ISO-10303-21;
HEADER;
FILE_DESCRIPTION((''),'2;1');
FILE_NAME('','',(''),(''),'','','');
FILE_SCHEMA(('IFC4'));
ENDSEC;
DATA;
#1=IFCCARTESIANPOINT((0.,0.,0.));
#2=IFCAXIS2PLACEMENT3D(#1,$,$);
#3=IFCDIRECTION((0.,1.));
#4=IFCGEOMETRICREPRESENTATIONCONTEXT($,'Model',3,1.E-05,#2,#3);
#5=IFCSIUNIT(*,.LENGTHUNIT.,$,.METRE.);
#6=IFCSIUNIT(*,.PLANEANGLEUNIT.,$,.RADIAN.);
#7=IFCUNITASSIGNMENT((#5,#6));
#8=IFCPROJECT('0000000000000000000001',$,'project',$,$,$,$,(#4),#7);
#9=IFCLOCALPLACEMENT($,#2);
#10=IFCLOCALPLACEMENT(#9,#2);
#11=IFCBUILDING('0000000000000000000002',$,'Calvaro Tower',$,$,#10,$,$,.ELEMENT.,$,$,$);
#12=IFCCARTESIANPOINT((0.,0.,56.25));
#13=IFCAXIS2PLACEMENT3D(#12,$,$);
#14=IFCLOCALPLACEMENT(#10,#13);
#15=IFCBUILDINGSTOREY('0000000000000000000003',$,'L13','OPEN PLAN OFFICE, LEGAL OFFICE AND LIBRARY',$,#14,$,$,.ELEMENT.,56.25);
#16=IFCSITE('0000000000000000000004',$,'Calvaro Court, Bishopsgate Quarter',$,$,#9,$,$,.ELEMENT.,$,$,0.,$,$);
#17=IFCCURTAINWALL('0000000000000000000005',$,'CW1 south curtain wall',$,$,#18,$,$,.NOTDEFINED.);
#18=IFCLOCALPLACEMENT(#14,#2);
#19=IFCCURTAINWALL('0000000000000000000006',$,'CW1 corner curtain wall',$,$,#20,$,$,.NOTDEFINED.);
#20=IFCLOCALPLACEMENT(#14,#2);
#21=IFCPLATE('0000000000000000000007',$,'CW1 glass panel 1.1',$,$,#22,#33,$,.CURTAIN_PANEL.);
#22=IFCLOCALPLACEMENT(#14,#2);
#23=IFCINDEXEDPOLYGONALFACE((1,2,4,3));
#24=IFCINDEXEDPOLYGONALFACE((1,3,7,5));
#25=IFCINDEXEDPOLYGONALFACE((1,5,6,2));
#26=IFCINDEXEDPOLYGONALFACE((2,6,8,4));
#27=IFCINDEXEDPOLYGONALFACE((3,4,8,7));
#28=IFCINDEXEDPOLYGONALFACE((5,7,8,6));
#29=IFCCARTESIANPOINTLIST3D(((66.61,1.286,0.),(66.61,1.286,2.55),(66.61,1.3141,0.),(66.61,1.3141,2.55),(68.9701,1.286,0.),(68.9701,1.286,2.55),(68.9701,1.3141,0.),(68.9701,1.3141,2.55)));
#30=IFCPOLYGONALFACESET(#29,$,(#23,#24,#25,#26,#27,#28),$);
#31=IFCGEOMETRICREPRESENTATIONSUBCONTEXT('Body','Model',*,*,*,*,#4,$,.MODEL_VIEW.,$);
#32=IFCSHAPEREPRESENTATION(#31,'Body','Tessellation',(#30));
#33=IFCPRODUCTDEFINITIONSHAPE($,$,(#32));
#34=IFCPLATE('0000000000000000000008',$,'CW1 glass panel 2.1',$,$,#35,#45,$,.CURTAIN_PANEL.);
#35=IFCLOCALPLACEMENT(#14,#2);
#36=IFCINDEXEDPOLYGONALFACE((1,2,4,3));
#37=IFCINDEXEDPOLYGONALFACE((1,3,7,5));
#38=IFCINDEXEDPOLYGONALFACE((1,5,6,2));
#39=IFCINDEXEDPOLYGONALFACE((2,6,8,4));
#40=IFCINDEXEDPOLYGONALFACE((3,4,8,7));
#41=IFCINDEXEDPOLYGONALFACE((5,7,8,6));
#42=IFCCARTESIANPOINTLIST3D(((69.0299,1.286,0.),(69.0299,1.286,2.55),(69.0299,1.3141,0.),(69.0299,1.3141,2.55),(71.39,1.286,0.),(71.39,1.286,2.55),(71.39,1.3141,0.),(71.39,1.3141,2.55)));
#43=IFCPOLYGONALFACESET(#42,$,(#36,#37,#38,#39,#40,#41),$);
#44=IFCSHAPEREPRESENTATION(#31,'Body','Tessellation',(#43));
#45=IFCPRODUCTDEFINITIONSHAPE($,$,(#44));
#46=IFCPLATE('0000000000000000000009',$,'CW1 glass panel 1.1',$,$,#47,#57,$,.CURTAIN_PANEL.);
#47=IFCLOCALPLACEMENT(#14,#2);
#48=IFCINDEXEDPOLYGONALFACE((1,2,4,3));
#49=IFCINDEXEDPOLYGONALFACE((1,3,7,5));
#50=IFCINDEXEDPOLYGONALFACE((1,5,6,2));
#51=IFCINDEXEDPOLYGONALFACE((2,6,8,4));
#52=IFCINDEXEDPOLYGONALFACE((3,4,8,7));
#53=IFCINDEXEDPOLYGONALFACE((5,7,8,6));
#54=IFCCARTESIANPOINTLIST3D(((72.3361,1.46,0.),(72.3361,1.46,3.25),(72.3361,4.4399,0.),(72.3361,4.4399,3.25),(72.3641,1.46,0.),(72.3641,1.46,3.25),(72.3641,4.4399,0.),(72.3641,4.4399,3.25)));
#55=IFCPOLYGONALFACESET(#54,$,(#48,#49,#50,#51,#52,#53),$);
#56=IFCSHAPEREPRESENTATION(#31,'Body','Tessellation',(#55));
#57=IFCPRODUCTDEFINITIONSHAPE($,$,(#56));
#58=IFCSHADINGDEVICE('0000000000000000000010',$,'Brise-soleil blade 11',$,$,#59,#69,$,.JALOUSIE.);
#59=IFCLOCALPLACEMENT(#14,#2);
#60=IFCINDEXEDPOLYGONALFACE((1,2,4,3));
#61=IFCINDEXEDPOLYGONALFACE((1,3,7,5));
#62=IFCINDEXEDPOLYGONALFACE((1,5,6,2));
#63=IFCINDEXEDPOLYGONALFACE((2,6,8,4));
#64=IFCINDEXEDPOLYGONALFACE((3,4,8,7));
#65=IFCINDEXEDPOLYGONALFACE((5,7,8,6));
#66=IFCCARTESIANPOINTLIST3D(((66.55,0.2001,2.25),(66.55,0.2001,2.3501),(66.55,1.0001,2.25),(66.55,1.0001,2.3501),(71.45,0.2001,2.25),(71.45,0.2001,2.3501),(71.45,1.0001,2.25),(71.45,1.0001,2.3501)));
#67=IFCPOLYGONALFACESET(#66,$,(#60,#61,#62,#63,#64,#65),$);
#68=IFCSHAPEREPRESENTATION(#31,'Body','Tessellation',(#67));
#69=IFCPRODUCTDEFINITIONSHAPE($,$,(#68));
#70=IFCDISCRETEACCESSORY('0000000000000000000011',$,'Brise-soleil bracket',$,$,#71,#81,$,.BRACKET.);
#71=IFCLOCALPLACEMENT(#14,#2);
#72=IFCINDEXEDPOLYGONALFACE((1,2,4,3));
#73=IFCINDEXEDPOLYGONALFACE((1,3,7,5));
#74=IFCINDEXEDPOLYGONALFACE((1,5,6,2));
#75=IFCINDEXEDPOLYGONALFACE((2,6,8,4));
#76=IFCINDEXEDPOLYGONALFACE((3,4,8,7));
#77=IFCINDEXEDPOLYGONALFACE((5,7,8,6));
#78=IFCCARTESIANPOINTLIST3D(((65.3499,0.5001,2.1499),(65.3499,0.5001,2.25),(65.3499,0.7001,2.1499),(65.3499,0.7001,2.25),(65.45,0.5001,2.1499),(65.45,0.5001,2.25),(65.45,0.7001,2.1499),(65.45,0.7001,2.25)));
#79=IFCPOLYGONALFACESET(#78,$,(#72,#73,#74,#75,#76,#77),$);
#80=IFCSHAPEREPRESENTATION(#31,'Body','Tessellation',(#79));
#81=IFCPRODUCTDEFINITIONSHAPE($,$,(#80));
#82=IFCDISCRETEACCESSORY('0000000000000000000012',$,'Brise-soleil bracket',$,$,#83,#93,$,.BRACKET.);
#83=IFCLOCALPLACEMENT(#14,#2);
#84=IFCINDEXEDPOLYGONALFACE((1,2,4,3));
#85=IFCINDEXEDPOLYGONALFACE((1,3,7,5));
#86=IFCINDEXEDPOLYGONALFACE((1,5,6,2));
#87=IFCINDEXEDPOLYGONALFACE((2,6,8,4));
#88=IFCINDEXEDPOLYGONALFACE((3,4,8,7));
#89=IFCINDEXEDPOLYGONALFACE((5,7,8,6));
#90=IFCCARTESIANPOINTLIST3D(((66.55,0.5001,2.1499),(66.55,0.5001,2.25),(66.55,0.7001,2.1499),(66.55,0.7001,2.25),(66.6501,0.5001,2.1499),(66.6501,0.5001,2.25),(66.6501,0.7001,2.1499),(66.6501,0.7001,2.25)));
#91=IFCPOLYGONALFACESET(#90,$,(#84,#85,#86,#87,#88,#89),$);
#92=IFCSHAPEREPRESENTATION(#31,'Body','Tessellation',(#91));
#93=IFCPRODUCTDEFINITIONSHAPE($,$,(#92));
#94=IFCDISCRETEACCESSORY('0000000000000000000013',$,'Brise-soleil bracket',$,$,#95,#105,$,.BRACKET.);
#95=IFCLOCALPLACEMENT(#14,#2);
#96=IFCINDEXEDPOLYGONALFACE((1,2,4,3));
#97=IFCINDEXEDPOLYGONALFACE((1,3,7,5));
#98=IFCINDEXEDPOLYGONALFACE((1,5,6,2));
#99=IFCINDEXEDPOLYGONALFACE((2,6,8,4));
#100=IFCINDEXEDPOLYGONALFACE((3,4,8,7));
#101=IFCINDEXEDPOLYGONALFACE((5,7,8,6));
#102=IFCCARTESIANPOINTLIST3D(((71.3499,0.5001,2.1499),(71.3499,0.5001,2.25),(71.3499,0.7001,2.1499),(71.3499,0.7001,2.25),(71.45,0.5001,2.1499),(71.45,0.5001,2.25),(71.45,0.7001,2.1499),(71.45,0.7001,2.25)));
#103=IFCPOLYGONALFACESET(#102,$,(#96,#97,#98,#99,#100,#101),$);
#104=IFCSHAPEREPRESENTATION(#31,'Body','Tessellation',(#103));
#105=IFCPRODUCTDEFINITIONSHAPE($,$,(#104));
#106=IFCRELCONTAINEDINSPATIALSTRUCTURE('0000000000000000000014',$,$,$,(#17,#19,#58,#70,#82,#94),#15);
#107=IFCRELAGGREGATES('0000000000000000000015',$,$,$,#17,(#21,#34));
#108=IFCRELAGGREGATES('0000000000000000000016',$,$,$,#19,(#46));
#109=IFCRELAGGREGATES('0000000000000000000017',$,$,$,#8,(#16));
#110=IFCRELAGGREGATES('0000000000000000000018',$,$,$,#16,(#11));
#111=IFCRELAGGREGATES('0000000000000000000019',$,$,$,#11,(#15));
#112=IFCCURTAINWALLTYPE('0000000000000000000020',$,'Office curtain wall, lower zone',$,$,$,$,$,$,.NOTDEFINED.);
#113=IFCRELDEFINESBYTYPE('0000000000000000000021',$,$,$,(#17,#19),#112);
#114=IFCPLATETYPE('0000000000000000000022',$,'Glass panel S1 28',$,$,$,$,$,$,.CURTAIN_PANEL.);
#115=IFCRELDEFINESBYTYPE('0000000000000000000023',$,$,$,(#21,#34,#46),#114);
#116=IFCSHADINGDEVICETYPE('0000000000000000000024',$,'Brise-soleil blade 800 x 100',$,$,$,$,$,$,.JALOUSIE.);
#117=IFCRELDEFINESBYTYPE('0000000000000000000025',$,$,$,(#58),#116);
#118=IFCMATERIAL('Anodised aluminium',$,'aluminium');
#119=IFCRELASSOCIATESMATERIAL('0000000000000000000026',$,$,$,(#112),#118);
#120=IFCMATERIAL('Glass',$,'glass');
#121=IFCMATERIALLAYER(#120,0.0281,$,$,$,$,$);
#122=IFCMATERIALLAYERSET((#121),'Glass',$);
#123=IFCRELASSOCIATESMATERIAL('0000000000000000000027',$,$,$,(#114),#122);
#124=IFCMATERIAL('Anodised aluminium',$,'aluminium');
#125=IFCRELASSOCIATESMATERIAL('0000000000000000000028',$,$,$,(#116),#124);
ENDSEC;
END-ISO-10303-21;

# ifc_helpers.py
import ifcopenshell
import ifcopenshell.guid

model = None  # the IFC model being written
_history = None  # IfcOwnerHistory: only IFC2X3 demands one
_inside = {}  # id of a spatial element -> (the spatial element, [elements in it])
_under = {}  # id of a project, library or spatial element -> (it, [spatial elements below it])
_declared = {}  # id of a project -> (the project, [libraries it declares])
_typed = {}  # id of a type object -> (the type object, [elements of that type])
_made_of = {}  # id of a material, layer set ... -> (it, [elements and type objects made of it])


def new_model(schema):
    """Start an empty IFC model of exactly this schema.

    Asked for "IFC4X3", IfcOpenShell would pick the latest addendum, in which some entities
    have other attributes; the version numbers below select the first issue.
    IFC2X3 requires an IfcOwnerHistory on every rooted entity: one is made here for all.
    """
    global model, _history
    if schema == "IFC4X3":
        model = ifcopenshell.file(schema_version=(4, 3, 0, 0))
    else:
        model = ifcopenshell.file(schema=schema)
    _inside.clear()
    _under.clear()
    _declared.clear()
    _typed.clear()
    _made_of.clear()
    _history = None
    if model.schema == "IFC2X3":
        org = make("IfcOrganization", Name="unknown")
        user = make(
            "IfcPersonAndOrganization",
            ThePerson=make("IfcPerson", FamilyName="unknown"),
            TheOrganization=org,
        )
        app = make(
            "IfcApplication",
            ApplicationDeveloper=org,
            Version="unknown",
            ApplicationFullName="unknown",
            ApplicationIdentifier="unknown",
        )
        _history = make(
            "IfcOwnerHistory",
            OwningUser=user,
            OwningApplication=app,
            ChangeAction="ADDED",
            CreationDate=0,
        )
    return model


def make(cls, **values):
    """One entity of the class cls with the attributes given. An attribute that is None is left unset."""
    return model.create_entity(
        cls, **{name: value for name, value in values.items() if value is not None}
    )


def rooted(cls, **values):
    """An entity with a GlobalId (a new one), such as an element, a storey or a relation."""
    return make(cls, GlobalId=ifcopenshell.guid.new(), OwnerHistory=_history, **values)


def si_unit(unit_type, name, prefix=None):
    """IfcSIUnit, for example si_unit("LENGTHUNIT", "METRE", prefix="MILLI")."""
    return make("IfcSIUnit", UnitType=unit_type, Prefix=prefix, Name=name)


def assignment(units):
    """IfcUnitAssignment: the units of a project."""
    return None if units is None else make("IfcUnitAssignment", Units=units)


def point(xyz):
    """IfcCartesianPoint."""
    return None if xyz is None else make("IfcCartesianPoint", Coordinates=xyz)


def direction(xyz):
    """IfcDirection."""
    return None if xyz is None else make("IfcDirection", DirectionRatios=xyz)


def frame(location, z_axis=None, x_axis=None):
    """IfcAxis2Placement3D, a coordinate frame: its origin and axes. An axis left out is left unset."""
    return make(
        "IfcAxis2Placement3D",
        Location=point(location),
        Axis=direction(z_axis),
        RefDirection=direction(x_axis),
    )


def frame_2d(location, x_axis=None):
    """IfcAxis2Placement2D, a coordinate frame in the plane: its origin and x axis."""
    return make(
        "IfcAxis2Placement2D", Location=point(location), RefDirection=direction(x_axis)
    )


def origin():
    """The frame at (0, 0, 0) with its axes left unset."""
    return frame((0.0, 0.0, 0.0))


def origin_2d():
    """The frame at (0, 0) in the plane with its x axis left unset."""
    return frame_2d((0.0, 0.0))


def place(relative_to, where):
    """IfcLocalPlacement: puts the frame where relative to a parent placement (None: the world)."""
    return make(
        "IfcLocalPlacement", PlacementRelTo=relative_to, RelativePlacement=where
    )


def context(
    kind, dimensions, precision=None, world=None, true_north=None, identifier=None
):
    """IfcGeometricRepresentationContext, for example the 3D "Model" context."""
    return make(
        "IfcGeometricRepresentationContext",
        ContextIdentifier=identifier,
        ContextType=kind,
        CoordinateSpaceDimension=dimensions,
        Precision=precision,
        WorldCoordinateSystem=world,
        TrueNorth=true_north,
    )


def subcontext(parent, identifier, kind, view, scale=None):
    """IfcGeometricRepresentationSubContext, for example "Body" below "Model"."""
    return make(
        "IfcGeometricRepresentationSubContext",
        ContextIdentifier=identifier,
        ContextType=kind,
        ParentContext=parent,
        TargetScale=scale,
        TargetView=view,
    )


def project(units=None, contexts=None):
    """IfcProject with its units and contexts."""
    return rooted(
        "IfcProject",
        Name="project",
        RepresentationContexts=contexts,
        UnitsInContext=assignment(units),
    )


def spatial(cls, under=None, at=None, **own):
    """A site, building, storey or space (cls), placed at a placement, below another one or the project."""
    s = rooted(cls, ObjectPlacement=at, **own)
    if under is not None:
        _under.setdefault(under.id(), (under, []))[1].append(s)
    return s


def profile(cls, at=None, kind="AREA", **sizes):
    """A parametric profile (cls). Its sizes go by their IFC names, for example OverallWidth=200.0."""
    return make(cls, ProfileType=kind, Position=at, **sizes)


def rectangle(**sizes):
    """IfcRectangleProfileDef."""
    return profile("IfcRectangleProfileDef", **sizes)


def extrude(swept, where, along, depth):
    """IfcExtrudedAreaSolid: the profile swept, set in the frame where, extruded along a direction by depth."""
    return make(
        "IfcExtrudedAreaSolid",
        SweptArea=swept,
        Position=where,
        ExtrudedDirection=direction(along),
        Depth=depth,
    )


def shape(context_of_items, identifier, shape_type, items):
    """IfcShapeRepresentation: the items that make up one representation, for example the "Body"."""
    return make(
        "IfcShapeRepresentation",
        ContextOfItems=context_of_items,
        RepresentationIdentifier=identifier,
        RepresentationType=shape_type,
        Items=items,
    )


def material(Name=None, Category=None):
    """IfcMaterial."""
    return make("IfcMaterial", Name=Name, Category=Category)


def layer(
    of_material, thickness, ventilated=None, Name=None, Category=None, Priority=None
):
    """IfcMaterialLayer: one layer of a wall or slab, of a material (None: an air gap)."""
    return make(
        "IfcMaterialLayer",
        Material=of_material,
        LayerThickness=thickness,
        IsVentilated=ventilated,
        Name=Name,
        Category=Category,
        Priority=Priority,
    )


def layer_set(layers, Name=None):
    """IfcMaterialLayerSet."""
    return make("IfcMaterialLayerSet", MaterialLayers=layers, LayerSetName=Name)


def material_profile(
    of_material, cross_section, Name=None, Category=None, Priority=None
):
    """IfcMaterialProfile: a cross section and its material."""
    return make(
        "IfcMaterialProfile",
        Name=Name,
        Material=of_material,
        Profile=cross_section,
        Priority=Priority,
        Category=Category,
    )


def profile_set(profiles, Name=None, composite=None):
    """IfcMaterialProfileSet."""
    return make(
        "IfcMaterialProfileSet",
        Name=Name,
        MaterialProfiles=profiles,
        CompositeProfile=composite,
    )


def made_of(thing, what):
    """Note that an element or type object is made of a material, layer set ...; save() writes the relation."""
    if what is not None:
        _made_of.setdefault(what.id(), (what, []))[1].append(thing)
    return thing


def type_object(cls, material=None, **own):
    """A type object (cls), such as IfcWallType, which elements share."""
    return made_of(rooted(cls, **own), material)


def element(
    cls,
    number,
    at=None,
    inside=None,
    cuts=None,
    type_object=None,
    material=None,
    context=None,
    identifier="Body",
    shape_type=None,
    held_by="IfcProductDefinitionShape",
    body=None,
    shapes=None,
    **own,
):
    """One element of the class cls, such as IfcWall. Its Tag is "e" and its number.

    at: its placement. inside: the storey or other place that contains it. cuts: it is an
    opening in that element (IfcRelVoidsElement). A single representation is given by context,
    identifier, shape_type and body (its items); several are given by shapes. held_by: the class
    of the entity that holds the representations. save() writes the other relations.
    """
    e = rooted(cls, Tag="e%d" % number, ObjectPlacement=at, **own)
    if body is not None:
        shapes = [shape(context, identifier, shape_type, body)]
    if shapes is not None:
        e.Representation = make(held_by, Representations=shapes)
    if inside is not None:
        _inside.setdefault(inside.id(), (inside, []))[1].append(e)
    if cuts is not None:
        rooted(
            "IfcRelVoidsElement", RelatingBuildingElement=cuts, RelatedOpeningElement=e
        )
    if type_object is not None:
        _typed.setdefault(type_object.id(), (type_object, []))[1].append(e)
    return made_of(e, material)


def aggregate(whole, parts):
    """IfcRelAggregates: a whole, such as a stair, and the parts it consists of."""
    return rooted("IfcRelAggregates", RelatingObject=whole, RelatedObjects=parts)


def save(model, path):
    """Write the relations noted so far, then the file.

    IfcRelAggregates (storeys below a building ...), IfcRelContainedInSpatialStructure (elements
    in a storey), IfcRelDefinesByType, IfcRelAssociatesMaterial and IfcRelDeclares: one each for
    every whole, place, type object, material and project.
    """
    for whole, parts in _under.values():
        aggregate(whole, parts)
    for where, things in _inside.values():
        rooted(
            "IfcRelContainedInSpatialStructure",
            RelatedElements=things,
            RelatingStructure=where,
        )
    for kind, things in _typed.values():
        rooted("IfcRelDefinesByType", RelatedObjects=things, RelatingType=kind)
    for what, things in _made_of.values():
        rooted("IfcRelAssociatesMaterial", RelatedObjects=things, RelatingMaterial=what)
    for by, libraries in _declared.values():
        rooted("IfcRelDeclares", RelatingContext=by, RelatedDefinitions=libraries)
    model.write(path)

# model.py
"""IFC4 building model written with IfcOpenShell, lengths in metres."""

from ifc_helpers import new_model, si_unit, direction, frame, origin, origin_2d, place, context, subcontext, project, spatial, rectangle, extrude, material, layer, layer_set, material_profile, profile_set, type_object, element, aggregate, save


model = new_model("IFC4")

# Units and contexts
model_context = context("Model", 3, precision=1e-05, world=origin(), true_north=direction((0.0, 1.0)))
body_context = subcontext(model_context, "Body", "Model", "MODEL_VIEW")
ifc_project = project(units=[si_unit("LENGTHUNIT", "METRE"), si_unit("PLANEANGLEUNIT", "RADIAN")], contexts=[model_context])

# Site, building, storey
site_placement = place(None, origin())
site = spatial("IfcSite", under=ifc_project, at=site_placement, Name="Calvaro Court, Bishopsgate Quarter", CompositionType="ELEMENT", RefElevation=0.0)
building_placement = place(site_placement, origin())
building = spatial("IfcBuilding", under=site, at=building_placement, Name="Calvaro Tower", CompositionType="ELEMENT")
storey_placement = place(building_placement, frame((0.0, 0.0, 56.25)))
storey = spatial("IfcBuildingStorey", under=building, at=storey_placement, Name="L13", Description="OPEN PLAN OFFICE, LEGAL OFFICE AND LIBRARY", CompositionType="ELEMENT", Elevation=56.25)

# Shared definitions
ifc_material_1 = material(Name="Anodised aluminium", Category="aluminium")
curtain_wall_type = type_object("IfcCurtainWallType", Name="Office curtain wall, lower zone", PredefinedType="NOTDEFINED", material=ifc_material_1)

# Curtain walls
curtain_wall_1_placement = place(storey_placement, origin())
curtain_wall_1 = element("IfcCurtainWall", 1, at=curtain_wall_1_placement, inside=storey, type_object=curtain_wall_type, Name="CW1 south curtain wall", PredefinedType="NOTDEFINED")
curtain_wall_2_placement = place(storey_placement, origin())
curtain_wall_2 = element("IfcCurtainWall", 2, at=curtain_wall_2_placement, inside=storey, type_object=curtain_wall_type, Name="CW1 corner curtain wall", PredefinedType="NOTDEFINED")

# Plates
ifc_material_2 = material(Name="Glass", Category="glass")
ifc_layer = layer(ifc_material_2, 0.0281)
ifc_layer_set = layer_set([ifc_layer], Name="Glass")
plate_type = type_object("IfcPlateType", Name="Glass panel S1 28", PredefinedType="CURTAIN_PANEL", material=ifc_layer_set)
plate_1_placement = place(storey_placement, frame((67.79, 1.3, 0.0), z_axis=(0.0, 0.0, 1.0), x_axis=(1.0, 0.0, 0.0)))
plate_1 = element("IfcPlate", 3, at=plate_1_placement, type_object=plate_type, Name="CW1 glass panel 1.1", PredefinedType="CURTAIN_PANEL", context=body_context, shape_type="SweptSolid", body=[
    extrude(rectangle(XDim=2.3601, YDim=0.0281, at=origin_2d()), origin(), (0.0, 0.0, 1.0), 2.55),
])
plate_2_placement = place(storey_placement, frame((70.21, 1.3, 0.0), z_axis=(0.0, 0.0, 1.0), x_axis=(1.0, 0.0, 0.0)))
plate_2 = element("IfcPlate", 4, at=plate_2_placement, type_object=plate_type, Name="CW1 glass panel 2.1", PredefinedType="CURTAIN_PANEL", context=body_context, shape_type="SweptSolid", body=[
    extrude(rectangle(XDim=2.3601, YDim=0.0281, at=origin_2d()), origin(), (0.0, 0.0, 1.0), 2.55),
])
aggregate(curtain_wall_1, [plate_1, plate_2])
plate_3_placement = place(storey_placement, frame((72.3501, 2.95, 0.0), z_axis=(0.0, 0.0, 1.0), x_axis=(0.0, 1.0, 0.0)))
plate_3 = element("IfcPlate", 5, at=plate_3_placement, type_object=plate_type, Name="CW1 glass panel 1.1", PredefinedType="CURTAIN_PANEL", context=body_context, shape_type="SweptSolid", body=[
    extrude(rectangle(XDim=2.98, YDim=0.0281, at=origin_2d()), origin(), (0.0, 0.0, 1.0), 3.25),
])
aggregate(curtain_wall_2, [plate_3])

# Shading device
ifc_material_3 = material(Name="Anodised aluminium", Category="aluminium")
ifc_material_profile_1 = material_profile(ifc_material_3, rectangle(XDim=0.8, YDim=0.1001, at=origin_2d()), Name="Brise-soleil blade 800 x 100")
ifc_profile_set_1 = profile_set([ifc_material_profile_1], Name="Anodised aluminium")
shading_device_type = type_object("IfcShadingDeviceType", Name="Brise-soleil blade 800 x 100", PredefinedType="JALOUSIE", material=ifc_profile_set_1)
shading_device_placement = place(storey_placement, frame((66.55, 0.6001, 2.3), z_axis=(1.0, 0.0, 0.0), x_axis=(0.0, 1.0, 0.0)))
element("IfcShadingDevice", 6, at=shading_device_placement, inside=storey, type_object=shading_device_type, Name="Brise-soleil blade 11", PredefinedType="JALOUSIE", context=body_context, shape_type="SweptSolid", body=[
    extrude(rectangle(XDim=0.8, YDim=0.1001, at=origin_2d()), origin(), (0.0, 0.0, 1.0), 4.8999),
])

# Discrete accessories
for number, where, z_axis, x_axis, name in (
    (7, (65.3999, 0.6001, 2.1499), (0.0, 0.0, 1.0), (1.0, 0.0, 0.0), "Brise-soleil bracket"),
    (8, (66.6001, 0.6001, 2.1499), (0.0, 0.0, 1.0), (1.0, 0.0, 0.0), "Brise-soleil bracket"),
    (9, (71.3999, 0.6001, 2.1499), (0.0, 0.0, 1.0), (1.0, 0.0, 0.0), "Brise-soleil bracket"),
):
    element("IfcDiscreteAccessory", number, at=place(storey_placement, frame(where, z_axis=z_axis, x_axis=x_axis)), inside=storey, Name=name, PredefinedType="BRACKET", context=body_context, shape_type="SweptSolid", body=[
        extrude(rectangle(XDim=0.1001, YDim=0.2, at=origin_2d()), origin(), (0.0, 0.0, 1.0), 0.1001),
    ])

save(model, "model.ifc")
